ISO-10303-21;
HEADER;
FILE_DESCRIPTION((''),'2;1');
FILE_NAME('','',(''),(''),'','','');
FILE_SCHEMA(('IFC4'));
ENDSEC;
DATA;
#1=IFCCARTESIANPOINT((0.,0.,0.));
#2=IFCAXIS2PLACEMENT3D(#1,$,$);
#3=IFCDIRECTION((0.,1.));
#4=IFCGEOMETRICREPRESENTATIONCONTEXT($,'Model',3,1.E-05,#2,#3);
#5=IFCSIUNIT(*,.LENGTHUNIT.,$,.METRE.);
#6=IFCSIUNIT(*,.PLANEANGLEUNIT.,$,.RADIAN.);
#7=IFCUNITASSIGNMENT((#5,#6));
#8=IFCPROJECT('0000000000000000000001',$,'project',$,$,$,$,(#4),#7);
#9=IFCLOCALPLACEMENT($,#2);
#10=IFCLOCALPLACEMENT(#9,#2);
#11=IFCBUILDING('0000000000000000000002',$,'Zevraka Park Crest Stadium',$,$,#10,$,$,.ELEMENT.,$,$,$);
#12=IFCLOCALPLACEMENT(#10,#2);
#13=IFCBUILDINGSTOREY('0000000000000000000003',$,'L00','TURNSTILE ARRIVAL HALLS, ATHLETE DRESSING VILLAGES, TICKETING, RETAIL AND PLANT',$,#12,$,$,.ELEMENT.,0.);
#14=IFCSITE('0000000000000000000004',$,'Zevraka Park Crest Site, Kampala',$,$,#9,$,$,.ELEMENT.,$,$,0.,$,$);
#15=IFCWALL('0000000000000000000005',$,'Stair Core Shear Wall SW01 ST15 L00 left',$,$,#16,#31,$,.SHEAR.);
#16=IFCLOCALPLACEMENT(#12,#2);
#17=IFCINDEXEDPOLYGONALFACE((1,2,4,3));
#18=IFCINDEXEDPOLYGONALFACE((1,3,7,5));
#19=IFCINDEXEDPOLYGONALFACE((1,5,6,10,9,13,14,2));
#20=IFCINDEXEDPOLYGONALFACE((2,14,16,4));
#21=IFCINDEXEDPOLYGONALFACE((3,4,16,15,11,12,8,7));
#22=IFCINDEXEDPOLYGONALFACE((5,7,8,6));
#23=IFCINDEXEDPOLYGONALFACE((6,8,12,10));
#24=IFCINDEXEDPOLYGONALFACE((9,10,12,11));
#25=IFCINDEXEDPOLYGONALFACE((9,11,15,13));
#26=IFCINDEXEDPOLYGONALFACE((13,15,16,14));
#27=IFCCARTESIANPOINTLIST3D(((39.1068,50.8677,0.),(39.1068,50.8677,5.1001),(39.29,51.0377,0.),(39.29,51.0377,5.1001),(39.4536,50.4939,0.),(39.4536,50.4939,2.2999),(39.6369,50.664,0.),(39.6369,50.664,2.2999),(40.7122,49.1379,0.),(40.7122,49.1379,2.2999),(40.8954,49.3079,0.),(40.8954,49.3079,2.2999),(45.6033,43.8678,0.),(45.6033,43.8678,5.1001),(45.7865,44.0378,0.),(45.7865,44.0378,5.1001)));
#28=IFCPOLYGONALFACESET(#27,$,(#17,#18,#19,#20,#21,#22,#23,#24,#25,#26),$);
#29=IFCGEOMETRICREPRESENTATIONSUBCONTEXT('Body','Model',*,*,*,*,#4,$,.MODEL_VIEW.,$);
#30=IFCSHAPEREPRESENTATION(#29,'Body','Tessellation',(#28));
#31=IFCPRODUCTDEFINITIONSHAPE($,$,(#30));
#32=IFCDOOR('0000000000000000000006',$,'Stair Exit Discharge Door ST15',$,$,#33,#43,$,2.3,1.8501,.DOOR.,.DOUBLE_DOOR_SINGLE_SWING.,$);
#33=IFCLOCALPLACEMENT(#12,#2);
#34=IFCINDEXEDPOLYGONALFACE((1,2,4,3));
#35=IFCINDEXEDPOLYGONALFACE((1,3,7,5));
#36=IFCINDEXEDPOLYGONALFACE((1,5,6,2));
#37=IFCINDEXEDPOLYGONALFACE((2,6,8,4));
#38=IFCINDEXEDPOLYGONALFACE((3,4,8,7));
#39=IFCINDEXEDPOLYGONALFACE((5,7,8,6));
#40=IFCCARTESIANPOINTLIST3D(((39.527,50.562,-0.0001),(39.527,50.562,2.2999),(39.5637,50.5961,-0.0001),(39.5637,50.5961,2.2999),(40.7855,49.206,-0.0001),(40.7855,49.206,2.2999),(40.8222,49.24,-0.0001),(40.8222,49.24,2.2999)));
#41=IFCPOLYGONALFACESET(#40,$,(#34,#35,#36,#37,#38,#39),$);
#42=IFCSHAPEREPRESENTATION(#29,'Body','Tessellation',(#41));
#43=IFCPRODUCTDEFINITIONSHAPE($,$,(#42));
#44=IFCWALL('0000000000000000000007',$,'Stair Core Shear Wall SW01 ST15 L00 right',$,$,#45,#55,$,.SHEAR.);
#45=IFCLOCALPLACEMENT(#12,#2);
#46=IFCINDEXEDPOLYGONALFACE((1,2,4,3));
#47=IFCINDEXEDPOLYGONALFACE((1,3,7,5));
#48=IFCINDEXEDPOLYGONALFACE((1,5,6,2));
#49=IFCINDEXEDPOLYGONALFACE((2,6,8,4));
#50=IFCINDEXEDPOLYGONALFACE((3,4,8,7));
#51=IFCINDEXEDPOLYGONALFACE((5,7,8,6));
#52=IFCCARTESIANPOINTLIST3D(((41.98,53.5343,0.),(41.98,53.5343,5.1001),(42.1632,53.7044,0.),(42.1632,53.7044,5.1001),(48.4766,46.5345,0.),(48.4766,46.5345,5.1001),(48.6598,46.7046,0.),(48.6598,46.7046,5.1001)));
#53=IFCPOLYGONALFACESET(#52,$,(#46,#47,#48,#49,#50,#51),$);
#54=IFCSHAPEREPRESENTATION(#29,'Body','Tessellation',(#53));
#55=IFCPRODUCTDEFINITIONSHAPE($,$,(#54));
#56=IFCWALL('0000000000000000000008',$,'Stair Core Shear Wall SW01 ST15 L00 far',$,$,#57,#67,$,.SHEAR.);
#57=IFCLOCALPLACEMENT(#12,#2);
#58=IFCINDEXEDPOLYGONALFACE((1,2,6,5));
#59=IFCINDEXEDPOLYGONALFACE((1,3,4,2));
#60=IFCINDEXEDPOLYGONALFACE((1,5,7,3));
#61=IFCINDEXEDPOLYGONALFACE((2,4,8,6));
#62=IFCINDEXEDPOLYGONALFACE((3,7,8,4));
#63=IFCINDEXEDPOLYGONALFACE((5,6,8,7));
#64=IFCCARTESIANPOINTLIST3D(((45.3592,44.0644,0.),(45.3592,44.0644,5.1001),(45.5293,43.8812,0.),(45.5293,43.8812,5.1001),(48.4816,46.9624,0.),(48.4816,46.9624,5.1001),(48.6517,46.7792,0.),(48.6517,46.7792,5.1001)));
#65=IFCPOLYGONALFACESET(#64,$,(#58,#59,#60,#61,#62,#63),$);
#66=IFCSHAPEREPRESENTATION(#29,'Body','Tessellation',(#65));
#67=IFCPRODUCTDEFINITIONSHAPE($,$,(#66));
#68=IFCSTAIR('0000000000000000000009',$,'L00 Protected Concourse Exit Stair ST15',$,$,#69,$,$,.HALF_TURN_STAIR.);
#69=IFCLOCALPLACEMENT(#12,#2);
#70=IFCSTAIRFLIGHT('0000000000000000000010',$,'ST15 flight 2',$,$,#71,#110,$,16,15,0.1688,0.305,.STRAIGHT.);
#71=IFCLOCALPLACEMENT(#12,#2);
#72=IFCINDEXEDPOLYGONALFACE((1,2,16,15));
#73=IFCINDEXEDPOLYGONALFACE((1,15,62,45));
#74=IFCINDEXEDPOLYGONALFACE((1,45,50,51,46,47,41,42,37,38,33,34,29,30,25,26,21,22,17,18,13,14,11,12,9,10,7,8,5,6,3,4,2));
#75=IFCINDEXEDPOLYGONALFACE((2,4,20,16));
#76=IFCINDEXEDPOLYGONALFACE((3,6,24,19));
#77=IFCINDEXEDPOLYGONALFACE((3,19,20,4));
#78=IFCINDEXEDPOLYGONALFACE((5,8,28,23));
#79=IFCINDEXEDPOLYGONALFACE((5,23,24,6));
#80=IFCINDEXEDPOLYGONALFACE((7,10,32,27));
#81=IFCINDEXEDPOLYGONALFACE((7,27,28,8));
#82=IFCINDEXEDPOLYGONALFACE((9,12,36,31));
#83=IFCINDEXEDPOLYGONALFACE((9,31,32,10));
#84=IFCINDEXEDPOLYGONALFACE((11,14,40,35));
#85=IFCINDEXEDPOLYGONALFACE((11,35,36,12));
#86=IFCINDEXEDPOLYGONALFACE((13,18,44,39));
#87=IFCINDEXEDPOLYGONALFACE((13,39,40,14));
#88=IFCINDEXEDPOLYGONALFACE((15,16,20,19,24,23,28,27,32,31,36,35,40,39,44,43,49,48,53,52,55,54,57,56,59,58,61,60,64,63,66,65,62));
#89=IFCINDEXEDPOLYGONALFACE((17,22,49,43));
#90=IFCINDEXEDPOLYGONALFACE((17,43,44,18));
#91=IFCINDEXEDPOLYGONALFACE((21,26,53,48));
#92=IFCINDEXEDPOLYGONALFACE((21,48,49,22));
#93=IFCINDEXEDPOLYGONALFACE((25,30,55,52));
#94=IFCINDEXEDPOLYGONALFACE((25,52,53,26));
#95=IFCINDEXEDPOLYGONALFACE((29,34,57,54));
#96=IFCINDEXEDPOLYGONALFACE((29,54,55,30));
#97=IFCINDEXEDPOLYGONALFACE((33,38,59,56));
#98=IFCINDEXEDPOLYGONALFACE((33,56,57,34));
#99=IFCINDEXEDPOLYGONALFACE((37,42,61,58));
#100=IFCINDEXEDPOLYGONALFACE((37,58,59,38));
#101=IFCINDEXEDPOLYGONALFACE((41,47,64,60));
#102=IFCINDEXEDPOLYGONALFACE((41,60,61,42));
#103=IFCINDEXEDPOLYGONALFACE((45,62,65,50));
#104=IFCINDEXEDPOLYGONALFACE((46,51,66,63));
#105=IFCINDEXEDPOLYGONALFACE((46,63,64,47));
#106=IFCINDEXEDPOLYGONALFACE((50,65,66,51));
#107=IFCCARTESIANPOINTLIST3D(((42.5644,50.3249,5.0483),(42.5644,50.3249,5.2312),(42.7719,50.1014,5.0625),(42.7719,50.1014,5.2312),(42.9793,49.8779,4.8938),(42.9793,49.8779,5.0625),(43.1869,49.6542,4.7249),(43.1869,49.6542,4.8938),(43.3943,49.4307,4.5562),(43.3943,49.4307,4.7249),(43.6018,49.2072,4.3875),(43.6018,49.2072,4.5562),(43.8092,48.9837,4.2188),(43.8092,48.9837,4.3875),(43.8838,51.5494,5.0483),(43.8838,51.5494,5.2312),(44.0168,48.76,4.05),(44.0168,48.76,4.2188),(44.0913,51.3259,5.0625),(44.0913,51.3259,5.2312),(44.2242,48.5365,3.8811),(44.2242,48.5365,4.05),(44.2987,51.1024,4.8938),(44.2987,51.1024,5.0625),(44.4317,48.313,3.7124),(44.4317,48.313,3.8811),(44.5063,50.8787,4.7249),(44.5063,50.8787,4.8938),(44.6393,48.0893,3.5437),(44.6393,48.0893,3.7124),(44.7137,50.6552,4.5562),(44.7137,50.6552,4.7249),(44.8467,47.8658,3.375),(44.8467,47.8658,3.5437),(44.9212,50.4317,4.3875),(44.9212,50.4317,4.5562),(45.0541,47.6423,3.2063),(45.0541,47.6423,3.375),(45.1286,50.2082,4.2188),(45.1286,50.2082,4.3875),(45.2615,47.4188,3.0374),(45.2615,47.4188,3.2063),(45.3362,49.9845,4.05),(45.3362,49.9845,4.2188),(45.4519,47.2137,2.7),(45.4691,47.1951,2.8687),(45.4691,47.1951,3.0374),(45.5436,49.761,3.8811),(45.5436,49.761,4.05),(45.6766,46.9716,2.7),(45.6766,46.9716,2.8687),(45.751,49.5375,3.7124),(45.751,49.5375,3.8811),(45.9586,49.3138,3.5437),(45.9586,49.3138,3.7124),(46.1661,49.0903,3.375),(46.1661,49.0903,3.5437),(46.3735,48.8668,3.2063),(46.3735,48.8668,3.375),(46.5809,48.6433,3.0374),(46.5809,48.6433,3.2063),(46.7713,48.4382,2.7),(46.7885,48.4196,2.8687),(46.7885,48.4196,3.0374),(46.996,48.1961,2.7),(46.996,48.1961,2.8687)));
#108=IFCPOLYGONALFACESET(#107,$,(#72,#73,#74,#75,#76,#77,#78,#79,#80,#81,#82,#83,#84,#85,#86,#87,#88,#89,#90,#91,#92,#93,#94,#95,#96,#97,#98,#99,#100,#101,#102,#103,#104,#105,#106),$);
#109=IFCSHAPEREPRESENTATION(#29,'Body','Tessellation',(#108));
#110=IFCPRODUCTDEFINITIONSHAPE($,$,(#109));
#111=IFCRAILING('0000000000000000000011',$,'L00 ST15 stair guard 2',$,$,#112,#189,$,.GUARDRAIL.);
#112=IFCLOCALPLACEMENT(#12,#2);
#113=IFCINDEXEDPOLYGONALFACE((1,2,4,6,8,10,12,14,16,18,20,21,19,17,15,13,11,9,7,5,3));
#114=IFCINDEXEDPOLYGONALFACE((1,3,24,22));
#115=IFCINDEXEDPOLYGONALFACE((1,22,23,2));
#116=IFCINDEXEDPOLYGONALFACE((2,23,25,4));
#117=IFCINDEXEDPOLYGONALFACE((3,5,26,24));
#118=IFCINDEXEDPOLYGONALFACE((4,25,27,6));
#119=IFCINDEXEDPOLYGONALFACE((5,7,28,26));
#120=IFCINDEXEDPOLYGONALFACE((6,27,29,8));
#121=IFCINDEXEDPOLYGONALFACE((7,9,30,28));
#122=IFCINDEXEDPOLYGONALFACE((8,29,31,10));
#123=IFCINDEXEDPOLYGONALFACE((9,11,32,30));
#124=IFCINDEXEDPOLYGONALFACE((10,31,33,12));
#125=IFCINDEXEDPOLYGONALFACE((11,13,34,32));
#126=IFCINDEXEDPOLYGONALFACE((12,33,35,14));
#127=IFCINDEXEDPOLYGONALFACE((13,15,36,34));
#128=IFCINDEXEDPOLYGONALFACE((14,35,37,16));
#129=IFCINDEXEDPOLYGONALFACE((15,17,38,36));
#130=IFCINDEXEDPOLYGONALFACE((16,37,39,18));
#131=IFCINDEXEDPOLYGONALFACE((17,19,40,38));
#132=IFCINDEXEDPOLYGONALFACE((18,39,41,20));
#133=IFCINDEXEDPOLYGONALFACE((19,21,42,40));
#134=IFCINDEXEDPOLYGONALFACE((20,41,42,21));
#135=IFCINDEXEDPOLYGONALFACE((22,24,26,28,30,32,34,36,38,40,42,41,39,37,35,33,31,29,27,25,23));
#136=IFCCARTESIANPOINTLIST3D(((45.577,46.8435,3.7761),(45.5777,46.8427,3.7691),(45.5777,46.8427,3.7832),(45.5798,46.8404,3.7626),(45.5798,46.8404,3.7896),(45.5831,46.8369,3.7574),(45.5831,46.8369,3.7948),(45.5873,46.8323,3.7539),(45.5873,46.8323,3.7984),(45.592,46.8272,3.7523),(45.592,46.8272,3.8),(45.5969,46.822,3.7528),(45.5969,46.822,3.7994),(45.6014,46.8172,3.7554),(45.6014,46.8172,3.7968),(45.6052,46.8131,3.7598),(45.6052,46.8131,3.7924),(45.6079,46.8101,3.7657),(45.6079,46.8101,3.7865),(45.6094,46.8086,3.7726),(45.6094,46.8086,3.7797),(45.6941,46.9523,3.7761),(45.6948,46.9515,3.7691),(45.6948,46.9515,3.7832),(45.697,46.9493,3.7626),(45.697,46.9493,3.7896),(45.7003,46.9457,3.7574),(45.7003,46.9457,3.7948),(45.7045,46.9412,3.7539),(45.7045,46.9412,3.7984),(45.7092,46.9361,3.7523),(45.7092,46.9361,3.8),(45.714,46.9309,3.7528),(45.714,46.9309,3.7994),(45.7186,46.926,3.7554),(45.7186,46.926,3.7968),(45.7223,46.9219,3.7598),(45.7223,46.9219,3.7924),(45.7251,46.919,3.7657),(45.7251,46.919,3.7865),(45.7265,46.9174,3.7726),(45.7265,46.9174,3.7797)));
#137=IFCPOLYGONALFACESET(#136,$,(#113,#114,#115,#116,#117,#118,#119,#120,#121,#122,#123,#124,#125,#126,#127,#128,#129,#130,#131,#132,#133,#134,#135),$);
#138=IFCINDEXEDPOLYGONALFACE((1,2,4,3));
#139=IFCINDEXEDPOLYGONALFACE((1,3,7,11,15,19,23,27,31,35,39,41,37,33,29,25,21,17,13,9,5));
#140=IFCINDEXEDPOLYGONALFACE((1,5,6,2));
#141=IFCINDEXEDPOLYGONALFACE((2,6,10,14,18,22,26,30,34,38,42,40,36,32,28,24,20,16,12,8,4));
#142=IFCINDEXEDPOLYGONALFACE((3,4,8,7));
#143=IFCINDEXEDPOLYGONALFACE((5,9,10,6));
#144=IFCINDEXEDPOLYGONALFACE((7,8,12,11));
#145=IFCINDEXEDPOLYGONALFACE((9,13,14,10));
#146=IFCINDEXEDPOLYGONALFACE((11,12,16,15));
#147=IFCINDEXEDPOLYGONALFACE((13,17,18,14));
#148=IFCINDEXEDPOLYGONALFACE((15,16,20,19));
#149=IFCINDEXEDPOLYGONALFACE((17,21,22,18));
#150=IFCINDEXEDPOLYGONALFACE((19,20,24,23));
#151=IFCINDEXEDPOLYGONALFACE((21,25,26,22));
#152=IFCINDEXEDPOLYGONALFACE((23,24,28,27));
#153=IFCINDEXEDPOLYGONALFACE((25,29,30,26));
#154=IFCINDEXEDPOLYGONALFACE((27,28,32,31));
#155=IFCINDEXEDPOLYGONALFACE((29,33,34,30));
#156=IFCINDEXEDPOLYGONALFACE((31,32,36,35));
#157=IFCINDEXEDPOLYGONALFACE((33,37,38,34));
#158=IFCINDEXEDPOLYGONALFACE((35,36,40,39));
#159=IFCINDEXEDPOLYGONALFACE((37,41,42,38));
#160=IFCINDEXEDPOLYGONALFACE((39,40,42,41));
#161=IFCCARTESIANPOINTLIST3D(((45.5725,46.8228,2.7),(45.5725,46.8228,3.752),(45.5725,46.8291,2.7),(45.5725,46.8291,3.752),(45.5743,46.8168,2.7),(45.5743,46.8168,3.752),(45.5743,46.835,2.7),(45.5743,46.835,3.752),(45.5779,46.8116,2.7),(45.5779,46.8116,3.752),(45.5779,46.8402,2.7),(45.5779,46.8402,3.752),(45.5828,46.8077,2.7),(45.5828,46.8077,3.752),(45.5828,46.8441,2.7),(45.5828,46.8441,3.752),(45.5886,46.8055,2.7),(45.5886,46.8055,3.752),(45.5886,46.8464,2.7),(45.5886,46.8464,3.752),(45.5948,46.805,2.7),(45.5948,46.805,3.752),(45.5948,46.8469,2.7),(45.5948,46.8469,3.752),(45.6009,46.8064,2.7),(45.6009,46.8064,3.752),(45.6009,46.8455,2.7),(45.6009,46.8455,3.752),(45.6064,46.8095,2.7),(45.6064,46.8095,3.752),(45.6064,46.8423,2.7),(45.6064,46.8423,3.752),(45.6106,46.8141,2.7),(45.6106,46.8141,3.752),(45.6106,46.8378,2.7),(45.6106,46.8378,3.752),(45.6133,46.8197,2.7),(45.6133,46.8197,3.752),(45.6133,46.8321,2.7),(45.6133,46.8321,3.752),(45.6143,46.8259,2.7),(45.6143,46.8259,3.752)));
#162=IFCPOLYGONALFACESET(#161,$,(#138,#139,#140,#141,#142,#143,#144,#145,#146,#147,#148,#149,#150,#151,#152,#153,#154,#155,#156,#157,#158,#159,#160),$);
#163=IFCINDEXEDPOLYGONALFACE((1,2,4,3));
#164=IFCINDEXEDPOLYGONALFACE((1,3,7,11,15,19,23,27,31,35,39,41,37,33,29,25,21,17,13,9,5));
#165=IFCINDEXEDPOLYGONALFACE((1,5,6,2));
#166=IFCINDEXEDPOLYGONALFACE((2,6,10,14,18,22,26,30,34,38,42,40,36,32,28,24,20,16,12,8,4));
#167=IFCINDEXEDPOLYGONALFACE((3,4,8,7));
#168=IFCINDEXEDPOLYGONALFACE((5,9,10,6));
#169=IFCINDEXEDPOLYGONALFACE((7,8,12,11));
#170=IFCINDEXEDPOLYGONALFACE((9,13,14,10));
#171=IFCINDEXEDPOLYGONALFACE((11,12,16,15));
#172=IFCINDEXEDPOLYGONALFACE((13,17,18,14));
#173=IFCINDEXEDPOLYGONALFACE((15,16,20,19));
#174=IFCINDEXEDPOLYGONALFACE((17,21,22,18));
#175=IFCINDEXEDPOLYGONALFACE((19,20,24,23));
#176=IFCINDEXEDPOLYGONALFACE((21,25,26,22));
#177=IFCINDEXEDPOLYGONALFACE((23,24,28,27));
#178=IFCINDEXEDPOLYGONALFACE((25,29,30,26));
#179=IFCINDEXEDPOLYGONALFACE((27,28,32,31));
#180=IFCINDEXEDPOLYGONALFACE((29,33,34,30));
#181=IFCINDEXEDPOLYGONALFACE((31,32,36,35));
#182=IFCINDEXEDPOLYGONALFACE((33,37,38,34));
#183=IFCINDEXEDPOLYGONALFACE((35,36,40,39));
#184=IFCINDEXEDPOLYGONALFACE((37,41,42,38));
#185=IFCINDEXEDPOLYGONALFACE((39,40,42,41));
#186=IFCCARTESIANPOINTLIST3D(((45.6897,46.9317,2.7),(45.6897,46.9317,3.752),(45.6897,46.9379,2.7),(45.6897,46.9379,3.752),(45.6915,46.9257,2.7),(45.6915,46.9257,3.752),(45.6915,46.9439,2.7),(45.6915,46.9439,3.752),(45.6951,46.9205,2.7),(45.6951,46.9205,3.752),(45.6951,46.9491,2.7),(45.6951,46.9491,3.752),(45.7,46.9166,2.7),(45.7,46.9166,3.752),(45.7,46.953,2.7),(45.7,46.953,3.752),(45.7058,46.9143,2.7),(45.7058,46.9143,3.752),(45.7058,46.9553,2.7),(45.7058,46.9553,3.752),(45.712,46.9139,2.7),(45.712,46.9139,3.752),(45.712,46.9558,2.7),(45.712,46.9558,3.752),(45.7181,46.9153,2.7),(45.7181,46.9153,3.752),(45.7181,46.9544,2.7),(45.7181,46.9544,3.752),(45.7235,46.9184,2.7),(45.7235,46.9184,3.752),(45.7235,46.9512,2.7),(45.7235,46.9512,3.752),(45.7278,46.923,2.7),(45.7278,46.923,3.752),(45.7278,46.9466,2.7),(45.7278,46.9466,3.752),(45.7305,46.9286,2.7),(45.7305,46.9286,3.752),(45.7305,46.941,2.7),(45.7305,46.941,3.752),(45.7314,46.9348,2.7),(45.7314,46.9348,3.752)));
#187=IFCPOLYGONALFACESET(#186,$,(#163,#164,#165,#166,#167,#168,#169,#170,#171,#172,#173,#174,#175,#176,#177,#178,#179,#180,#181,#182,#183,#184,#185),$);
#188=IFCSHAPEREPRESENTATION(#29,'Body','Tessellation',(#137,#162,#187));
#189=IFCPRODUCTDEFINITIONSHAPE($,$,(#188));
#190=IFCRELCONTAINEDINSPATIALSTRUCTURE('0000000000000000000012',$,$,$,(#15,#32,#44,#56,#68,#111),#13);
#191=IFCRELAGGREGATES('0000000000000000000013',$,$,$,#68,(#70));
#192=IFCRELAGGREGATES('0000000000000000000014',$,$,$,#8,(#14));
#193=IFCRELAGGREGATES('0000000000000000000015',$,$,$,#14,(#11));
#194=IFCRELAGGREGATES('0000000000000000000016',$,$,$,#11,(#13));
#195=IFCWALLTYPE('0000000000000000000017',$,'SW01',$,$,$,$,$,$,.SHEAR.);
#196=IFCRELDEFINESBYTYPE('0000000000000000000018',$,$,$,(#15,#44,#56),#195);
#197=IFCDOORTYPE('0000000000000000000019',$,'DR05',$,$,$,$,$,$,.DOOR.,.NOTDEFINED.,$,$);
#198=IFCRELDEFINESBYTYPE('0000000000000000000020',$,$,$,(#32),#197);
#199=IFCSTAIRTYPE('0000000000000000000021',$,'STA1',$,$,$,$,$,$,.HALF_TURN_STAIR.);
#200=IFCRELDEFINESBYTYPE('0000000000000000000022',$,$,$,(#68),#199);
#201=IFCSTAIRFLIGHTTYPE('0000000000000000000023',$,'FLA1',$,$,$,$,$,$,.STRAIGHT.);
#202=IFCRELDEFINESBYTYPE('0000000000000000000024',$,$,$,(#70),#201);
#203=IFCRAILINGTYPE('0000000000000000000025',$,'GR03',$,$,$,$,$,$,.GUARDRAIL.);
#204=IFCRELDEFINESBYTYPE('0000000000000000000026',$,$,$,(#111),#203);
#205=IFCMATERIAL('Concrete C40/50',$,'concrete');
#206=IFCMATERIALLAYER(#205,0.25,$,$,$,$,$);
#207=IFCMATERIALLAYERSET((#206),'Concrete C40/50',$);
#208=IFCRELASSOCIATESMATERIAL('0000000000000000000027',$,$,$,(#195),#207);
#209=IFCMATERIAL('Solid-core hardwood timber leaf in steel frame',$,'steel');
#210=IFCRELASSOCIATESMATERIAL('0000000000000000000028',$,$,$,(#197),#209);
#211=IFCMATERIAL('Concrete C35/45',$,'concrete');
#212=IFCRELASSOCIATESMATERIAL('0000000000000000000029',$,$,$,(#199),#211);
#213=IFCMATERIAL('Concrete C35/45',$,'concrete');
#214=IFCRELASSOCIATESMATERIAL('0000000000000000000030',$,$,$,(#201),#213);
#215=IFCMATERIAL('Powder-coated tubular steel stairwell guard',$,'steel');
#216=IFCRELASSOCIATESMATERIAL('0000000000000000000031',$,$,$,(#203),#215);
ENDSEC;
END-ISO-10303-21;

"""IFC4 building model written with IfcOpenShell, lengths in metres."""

from ifc_helpers import new_model, si_unit, direction, frame, frame_2d, origin, origin_2d, place, context, subcontext, project, spatial, polyline, rectangle, circle, outline, extrude, material, layer, layer_set, type_object, element, fill, aggregate, save


model = new_model("IFC4")

# Units and contexts
model_context = context("Model", 3, precision=1e-05, world=origin(), true_north=direction((0.0, 1.0)))
body_context = subcontext(model_context, "Body", "Model", "MODEL_VIEW")
ifc_project = project(units=[si_unit("LENGTHUNIT", "METRE"), si_unit("PLANEANGLEUNIT", "RADIAN")], contexts=[model_context])

# Site, building, storey
site_placement = place(None, origin())
site = spatial("IfcSite", under=ifc_project, at=site_placement, Name="Zevraka Park Crest Site, Kampala", CompositionType="ELEMENT", RefElevation=0.0)
building_placement = place(site_placement, origin())
building = spatial("IfcBuilding", under=site, at=building_placement, Name="Zevraka Park Crest Stadium", CompositionType="ELEMENT")
storey_placement = place(building_placement, origin())
storey = spatial("IfcBuildingStorey", under=building, at=storey_placement, Name="L00", Description="TURNSTILE ARRIVAL HALLS, ATHLETE DRESSING VILLAGES, TICKETING, RETAIL AND PLANT", CompositionType="ELEMENT", Elevation=0.0)

# Wall, opening, door
ifc_material_1 = material(Name="Concrete C40/50", Category="concrete")
ifc_layer_1 = layer(ifc_material_1, 0.25)
ifc_layer_set_1 = layer_set([ifc_layer_1], Name="Concrete C40/50")
wall_type_1 = type_object("IfcWallType", Name="SW01", PredefinedType="SHEAR", material=ifc_layer_set_1)
wall_1_placement = place(storey_placement, frame((45.6948, 43.9529, 0.0), z_axis=(0.0, 0.0, 1.0), x_axis=(-0.680259, 0.732972, 0.0)))
wall_1 = element("IfcWall", 1, at=wall_1_placement, inside=storey, type_object=wall_type_1, Name="Stair Core Shear Wall SW01 ST15 L00 left", PredefinedType="SHEAR", context=body_context, shape_type="SweptSolid", body=[
    extrude(rectangle(XDim=9.55, YDim=0.25, at=frame_2d((4.7749, 0.0))), origin(), (0.0, 0.0, 1.0), 5.1001),
])
opening_1_placement = place(wall_1_placement, frame((7.1899, 0.0, 0.0)))
opening_1 = element("IfcOpeningElement", 2, at=opening_1_placement, cuts=wall_1, PredefinedType="OPENING", context=body_context, shape_type="SweptSolid", body=[
    extrude(rectangle(XDim=1.8501, YDim=2.3, at=frame_2d((0.925, 1.1499))), frame((0.0, 0.135, 0.0), z_axis=(0.0, -1.0, 0.0), x_axis=(1.0, 0.0, 0.0)), (0.0, 0.0, 1.0), 0.27),
])
ifc_material_2 = material(Name="Solid-core hardwood timber leaf in steel frame", Category="steel")
door_type_1 = type_object("IfcDoorType", Name="DR05", OperationType="NOTDEFINED", PredefinedType="DOOR", material=ifc_material_2)
door_1_placement = place(opening_1_placement, origin())
door_1 = element("IfcDoor", 3, at=door_1_placement, inside=storey, type_object=door_type_1, Name="Stair Exit Discharge Door ST15", OperationType="DOUBLE_DOOR_SINGLE_SWING", OverallHeight=2.3, OverallWidth=1.8501, PredefinedType="DOOR", context=body_context, shape_type="SweptSolid", body=[
    extrude(rectangle(XDim=1.8501, YDim=2.3, at=frame_2d((0.925, 1.1499))), frame((0.0, 0.0249, 0.0), z_axis=(0.0, -1.0, 0.0), x_axis=(1.0, 0.0, 0.0)), (0.0, 0.0, 1.0), 0.05),
])
fill(opening_1, door_1)

# Walls
wall_2_placement = place(storey_placement, frame((48.5681, 46.6196, 0.0), z_axis=(0.0, 0.0, 1.0), x_axis=(-0.680272, 0.73296, 0.0)))
element("IfcWall", 4, at=wall_2_placement, inside=storey, type_object=wall_type_1, Name="Stair Core Shear Wall SW01 ST15 L00 right", PredefinedType="SHEAR", context=body_context, shape_type="SweptSolid", body=[
    extrude(rectangle(XDim=9.55, YDim=0.25, at=frame_2d((4.7749, 0.0))), origin(), (0.0, 0.0, 1.0), 5.1001),
])
wall_3_placement = place(storey_placement, frame((45.4443, 43.9729, 0.0), z_axis=(0.0, 0.0, 1.0), x_axis=(0.732951, 0.680282, 0.0)))
element("IfcWall", 5, at=wall_3_placement, inside=storey, type_object=wall_type_1, Name="Stair Core Shear Wall SW01 ST15 L00 far", PredefinedType="SHEAR", context=body_context, shape_type="SweptSolid", body=[
    extrude(rectangle(XDim=4.26, YDim=0.25, at=frame_2d((2.1299, 0.0))), origin(), (0.0, 0.0, 1.0), 5.1001),
])

# Stair, stair flight
ifc_material_3 = material(Name="Concrete C35/45", Category="concrete")
stair_type = type_object("IfcStairType", Name="STA1", PredefinedType="HALF_TURN_STAIR", material=ifc_material_3)
stair_placement = place(storey_placement, origin())
stair = element("IfcStair", 6, at=stair_placement, inside=storey, type_object=stair_type, Name="L00 Protected Concourse Exit Stair ST15", PredefinedType="HALF_TURN_STAIR")
ifc_material_4 = material(Name="Concrete C35/45", Category="concrete")
stair_flight_type = type_object("IfcStairFlightType", Name="FLA1", PredefinedType="STRAIGHT", material=ifc_material_4)
stair_flight_placement = place(storey_placement, frame((46.3362, 47.5837, 2.7), z_axis=(0.0, 0.0, 1.0), x_axis=(-0.680255, 0.732975, 0.0)))
stair_flight = element("IfcStairFlight", 7, at=stair_flight_placement, type_object=stair_flight_type, Name="ST15 flight 2", NumberOfRisers=16, NumberOfTreads=15, PredefinedType="STRAIGHT", RiserHeight=0.1688, TreadLength=0.305, context=body_context, shape_type="SweptSolid", body=[
    extrude(outline(polyline([(0.0, 0.0), (0.0, 0.1687), (0.3049, 0.1687), (0.3049, 0.3374), (0.6101, 0.3374), (0.6101, 0.5063), (0.915, 0.5063), (0.915, 0.675), (1.22, 0.675), (1.22, 0.8438), (1.5249, 0.8438), (1.5249, 1.0125), (1.8301, 1.0125), (1.8301, 1.1812), (2.135, 1.1812), (2.135, 1.3501), (2.4399, 1.3501), (2.4399, 1.5188), (2.7451, 1.5188), (2.7451, 1.6875), (3.05, 1.6875), (3.05, 1.8562), (3.355, 1.8562), (3.355, 2.0249), (3.6599, 2.0249), (3.6599, 2.1938), (3.9651, 2.1938), (3.9651, 2.3625), (4.27, 2.3625), (4.27, 2.5312), (4.575, 2.5312), (4.575, 2.7), (4.575, 2.3484), (0.3303, 0.0), (0.0, 0.0)])), frame((0.0, 0.8999, 0.0), z_axis=(0.0, -1.0, 0.0), x_axis=(1.0, 0.0, 0.0)), (0.0, 0.0, 1.0), 1.8),
])
aggregate(stair, [stair_flight])

# Railing
ifc_material_5 = material(Name="Powder-coated tubular steel stairwell guard", Category="steel")
railing_type_1 = type_object("IfcRailingType", Name="GR03", PredefinedType="GUARDRAIL", material=ifc_material_5)
railing_1_placement = place(storey_placement, frame((45.5933, 46.8259, 2.7)))
element("IfcRailing", 8, at=railing_1_placement, inside=storey, type_object=railing_type_1, Name="L00 ST15 stair guard 2", PredefinedType="GUARDRAIL", context=body_context, shape_type="SweptSolid", body=[
    extrude(circle(Radius=0.0239, at=origin_2d()), frame((0.0, 0.0, 1.0762), z_axis=(0.732576, 0.680685, 0.0), x_axis=(-0.680685, 0.732576, 0.0)), (0.0, 0.0, 1.0), 0.1599),
    extrude(circle(Radius=0.021, at=origin_2d()), origin(), (0.0, 0.0, 1.0), 1.052),
    extrude(circle(Radius=0.021, at=origin_2d()), frame((0.1172, 0.1089, 0.0)), (0.0, 0.0, 1.0), 1.052),
])

save(model, "model.ifc")
